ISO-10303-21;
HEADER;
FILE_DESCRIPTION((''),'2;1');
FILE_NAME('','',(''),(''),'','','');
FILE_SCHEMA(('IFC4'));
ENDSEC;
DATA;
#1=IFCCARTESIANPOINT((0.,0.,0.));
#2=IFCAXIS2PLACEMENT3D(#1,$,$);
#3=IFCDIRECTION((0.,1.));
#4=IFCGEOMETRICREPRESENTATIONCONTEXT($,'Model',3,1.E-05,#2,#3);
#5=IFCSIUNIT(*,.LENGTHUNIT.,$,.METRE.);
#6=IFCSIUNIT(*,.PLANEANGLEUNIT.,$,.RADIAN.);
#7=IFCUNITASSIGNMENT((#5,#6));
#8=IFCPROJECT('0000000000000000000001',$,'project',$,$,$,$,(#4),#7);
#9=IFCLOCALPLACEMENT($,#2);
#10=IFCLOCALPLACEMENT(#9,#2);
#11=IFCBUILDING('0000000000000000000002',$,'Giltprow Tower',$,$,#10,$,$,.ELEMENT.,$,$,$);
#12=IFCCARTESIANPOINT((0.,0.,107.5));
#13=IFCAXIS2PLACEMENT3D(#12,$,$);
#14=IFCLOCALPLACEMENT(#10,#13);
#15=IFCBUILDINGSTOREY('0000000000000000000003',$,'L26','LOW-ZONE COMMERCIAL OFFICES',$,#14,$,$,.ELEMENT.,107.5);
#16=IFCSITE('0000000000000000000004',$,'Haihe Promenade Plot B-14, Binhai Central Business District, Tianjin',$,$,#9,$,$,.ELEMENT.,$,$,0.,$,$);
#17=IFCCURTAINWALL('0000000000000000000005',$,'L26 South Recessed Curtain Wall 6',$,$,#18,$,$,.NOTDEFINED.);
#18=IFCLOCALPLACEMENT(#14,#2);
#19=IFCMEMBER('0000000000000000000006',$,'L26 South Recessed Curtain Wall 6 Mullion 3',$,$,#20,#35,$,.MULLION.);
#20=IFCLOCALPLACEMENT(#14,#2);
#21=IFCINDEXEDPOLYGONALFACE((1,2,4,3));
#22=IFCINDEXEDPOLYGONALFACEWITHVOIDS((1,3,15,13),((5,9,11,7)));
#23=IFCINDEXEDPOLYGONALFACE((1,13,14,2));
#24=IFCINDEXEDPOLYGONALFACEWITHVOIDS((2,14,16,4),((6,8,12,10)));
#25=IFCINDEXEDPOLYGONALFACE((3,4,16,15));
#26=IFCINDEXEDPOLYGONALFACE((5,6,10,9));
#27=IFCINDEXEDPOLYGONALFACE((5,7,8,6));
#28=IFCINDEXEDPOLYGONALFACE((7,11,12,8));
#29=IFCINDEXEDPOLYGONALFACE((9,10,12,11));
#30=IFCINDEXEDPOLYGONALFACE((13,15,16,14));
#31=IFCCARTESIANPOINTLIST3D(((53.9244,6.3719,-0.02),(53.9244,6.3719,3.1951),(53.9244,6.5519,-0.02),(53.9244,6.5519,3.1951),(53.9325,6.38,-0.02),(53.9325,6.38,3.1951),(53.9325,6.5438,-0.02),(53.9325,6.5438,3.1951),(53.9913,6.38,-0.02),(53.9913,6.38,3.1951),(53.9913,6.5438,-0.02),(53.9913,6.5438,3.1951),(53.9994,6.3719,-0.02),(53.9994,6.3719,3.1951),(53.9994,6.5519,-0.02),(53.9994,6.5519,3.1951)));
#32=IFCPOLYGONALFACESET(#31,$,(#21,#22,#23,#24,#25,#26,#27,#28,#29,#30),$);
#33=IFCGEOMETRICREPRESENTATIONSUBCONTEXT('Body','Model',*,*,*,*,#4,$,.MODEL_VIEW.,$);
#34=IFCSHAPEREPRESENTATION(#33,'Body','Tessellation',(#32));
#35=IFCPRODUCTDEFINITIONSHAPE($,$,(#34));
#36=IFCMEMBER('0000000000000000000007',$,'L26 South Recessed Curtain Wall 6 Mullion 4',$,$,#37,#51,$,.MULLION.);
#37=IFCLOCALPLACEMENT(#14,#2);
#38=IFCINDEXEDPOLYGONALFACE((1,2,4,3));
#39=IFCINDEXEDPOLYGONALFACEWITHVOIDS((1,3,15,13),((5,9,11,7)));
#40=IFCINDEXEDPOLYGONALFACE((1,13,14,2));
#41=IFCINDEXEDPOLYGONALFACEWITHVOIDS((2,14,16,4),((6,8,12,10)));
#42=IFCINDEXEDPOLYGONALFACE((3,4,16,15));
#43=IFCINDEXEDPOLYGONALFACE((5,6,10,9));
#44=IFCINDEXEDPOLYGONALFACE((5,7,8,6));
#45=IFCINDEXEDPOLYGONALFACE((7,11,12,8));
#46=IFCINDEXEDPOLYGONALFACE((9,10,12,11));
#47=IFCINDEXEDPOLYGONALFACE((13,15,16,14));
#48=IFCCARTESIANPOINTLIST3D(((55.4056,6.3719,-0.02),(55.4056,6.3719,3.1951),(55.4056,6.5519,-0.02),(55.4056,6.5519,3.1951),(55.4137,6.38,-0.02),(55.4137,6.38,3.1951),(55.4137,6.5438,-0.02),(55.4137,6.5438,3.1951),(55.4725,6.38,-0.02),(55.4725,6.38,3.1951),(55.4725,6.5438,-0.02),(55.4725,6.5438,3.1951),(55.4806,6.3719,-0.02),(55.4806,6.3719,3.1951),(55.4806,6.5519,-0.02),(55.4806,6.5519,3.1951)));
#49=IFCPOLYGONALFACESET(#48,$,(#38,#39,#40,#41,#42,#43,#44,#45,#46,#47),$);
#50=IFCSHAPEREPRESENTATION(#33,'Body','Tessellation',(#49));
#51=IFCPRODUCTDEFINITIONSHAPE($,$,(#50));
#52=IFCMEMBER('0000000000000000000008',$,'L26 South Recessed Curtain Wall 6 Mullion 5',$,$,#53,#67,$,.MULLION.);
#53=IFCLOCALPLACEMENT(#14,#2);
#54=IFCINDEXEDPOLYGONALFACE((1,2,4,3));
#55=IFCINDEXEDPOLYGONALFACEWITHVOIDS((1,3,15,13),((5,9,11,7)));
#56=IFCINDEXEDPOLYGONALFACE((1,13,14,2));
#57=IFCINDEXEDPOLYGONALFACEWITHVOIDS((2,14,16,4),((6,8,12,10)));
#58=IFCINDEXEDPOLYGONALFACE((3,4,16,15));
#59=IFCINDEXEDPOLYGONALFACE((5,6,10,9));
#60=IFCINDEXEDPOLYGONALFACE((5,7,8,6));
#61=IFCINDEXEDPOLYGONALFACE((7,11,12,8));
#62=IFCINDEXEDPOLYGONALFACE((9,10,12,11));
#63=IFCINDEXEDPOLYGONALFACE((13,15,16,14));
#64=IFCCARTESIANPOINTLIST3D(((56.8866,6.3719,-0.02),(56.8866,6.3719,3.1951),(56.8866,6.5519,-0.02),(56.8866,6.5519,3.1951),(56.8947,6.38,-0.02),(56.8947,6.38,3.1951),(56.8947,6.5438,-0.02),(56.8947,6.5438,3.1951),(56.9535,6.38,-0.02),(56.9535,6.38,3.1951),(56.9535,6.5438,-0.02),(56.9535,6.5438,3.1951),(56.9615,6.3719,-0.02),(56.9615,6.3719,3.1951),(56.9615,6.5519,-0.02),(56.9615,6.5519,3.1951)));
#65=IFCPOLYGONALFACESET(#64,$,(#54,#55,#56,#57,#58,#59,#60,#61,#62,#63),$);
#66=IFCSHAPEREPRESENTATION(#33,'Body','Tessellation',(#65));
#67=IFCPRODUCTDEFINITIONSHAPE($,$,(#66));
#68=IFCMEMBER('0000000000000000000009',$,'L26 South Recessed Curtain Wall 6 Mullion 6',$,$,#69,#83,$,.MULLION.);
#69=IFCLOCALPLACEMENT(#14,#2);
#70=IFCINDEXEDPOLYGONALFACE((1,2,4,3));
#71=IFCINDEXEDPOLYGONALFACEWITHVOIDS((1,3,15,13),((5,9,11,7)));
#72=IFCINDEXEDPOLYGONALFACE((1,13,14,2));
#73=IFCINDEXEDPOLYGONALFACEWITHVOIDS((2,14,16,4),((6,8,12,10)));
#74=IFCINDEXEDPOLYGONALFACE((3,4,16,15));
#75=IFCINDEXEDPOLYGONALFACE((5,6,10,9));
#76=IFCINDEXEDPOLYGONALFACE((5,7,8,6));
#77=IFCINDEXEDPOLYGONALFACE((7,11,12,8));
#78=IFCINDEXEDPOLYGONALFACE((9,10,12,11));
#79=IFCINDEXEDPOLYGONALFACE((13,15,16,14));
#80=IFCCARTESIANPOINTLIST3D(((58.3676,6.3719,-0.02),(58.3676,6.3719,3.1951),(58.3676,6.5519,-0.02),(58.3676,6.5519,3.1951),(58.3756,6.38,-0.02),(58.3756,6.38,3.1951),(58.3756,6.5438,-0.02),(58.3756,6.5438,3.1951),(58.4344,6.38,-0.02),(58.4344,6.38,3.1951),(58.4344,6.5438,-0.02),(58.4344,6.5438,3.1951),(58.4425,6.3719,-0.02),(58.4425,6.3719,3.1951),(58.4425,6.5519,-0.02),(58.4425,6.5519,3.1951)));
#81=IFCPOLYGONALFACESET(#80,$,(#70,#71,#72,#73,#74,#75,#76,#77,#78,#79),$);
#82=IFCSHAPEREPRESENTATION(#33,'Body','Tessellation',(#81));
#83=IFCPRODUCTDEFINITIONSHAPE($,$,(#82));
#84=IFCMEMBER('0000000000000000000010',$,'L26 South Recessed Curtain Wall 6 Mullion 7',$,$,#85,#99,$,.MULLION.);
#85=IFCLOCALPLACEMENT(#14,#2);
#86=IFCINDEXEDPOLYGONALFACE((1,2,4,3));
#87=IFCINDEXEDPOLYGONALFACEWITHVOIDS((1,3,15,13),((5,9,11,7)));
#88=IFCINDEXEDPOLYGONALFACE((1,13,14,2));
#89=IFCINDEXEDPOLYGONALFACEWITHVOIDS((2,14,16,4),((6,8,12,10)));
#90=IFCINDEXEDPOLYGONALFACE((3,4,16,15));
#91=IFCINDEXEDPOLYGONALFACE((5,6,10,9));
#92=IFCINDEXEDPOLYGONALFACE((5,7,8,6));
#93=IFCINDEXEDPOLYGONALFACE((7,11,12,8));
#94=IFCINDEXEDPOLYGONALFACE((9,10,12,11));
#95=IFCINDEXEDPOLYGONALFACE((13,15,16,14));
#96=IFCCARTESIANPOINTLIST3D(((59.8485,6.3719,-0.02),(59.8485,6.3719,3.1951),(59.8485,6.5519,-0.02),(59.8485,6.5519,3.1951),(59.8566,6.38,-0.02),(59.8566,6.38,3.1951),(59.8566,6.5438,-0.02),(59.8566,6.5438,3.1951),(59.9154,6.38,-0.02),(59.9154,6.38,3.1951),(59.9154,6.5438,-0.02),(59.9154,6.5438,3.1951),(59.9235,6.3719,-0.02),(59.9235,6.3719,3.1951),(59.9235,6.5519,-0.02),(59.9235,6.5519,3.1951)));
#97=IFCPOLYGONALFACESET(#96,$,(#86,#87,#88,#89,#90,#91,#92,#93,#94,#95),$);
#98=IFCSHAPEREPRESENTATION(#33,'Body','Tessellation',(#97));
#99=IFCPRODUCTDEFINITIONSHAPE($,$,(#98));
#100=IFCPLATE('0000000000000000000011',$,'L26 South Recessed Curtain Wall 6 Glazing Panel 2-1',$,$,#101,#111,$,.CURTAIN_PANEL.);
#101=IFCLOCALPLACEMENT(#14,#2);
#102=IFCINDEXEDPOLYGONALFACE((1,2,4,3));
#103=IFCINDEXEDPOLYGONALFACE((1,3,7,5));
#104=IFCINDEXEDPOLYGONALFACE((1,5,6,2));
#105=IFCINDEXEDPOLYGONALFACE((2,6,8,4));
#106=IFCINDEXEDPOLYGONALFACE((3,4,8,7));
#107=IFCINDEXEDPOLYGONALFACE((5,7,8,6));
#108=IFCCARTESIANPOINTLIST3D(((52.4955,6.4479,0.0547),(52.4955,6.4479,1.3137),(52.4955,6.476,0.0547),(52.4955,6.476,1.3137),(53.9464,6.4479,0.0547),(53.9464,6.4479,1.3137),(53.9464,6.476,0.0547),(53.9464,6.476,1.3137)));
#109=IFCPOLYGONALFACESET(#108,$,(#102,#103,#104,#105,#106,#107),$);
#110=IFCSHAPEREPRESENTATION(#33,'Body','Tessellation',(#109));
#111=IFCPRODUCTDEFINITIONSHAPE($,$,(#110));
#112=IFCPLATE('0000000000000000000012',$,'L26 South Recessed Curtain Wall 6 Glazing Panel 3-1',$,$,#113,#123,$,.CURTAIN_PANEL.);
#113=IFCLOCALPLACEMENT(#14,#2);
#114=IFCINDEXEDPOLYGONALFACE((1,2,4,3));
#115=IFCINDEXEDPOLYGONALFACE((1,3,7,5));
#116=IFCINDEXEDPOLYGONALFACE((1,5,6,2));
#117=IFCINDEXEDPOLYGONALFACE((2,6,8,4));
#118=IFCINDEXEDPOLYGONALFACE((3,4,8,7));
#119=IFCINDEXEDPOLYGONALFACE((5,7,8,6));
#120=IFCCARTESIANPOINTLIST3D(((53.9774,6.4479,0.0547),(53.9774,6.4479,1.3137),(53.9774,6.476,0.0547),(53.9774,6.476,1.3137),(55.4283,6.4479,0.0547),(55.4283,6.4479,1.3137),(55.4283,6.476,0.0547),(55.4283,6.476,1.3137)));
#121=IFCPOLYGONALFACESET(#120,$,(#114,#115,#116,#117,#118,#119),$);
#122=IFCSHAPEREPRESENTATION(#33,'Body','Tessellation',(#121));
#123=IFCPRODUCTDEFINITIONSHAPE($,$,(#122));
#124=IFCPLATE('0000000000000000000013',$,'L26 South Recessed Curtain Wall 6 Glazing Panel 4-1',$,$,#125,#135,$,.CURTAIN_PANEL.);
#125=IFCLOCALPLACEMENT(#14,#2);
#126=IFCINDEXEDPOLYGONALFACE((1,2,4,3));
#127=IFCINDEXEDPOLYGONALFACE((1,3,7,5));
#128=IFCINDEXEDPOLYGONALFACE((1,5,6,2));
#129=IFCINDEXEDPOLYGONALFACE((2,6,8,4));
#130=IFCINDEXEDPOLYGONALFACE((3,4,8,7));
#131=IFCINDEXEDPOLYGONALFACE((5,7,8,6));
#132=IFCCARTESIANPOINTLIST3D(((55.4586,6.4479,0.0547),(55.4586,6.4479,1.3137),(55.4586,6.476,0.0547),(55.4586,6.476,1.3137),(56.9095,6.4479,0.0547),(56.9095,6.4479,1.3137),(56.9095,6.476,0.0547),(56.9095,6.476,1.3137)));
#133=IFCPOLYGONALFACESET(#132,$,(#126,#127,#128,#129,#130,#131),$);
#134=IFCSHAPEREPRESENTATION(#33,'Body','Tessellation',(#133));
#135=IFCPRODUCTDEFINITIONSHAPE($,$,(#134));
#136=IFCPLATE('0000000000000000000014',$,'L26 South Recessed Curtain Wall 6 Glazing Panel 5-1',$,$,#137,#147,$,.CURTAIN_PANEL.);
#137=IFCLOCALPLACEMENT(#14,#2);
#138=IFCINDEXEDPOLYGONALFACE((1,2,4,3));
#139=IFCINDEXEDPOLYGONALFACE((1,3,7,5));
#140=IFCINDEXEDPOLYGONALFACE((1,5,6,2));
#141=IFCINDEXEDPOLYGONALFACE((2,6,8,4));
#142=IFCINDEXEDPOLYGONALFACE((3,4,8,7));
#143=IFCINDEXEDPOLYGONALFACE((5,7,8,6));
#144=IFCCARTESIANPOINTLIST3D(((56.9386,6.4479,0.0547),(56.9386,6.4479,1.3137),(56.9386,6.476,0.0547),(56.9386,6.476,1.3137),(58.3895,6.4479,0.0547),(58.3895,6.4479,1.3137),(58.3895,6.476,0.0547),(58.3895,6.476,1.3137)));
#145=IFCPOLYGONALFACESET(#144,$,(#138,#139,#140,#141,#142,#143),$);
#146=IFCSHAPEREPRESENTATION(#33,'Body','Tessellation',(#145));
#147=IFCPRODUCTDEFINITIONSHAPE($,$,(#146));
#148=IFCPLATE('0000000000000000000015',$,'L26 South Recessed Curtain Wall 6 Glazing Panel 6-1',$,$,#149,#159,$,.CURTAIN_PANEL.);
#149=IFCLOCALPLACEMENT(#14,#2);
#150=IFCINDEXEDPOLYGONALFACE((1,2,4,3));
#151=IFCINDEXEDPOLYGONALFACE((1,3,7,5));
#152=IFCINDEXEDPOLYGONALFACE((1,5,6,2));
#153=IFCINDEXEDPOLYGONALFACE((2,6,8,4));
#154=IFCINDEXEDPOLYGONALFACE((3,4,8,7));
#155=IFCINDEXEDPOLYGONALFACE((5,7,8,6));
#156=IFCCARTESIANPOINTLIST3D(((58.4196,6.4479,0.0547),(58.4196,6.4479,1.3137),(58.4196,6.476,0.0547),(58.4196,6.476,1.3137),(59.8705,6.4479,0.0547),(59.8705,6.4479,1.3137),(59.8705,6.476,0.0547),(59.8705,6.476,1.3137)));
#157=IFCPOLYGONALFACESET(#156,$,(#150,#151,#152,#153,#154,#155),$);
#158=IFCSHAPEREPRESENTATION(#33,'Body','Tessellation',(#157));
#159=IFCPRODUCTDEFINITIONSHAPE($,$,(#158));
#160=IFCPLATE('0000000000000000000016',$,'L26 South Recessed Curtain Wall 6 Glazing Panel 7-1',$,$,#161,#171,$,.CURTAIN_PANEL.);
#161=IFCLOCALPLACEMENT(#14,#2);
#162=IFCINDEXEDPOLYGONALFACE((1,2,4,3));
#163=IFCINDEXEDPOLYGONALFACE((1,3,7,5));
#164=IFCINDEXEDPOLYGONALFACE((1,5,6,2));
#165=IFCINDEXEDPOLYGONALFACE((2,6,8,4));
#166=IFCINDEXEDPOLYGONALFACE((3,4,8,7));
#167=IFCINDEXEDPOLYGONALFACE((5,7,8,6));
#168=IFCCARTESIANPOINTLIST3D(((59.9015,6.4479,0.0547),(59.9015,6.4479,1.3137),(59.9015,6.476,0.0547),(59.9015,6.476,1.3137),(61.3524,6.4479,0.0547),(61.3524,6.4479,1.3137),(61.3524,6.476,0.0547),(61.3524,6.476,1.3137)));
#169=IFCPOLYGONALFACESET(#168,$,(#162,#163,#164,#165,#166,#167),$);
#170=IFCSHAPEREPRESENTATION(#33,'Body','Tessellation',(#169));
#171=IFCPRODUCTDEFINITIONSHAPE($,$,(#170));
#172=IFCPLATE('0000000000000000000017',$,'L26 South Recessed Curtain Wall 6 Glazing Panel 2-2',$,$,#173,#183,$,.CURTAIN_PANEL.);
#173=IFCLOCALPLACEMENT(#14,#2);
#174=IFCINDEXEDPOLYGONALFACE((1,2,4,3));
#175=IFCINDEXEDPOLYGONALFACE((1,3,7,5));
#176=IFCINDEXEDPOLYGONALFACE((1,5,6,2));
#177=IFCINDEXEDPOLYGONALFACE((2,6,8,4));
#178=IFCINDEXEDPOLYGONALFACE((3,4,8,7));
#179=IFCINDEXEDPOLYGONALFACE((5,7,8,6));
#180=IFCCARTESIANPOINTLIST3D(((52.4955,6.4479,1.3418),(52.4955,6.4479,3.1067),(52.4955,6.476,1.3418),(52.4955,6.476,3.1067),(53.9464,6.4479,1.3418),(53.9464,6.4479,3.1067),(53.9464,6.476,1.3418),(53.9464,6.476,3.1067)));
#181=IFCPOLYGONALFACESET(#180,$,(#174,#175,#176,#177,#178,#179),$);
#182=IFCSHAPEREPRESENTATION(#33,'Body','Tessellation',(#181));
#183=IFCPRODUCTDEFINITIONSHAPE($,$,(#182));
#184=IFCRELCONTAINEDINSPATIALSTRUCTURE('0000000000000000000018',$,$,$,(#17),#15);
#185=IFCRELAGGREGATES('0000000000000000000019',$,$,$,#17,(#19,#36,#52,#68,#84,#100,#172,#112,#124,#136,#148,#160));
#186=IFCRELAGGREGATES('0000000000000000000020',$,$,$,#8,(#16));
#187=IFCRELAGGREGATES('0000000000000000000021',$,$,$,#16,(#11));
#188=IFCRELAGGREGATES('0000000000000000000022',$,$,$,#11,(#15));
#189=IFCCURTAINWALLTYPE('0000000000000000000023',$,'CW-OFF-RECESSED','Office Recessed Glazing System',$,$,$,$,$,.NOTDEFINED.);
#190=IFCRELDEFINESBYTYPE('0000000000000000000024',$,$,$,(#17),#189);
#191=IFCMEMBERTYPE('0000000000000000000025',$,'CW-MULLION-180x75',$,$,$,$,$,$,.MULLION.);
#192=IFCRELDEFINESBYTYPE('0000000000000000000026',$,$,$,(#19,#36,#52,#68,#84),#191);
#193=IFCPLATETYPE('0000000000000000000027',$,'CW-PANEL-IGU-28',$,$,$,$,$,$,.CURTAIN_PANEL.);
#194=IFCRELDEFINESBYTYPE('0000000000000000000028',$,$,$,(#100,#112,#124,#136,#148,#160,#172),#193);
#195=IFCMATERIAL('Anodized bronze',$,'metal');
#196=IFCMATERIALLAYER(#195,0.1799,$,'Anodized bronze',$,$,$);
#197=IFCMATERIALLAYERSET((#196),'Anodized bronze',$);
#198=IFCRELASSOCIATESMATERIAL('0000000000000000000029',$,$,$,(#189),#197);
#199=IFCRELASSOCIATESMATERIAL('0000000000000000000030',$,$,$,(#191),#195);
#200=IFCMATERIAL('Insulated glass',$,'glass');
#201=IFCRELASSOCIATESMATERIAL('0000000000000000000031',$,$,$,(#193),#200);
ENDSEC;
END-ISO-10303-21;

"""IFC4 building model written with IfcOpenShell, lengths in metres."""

from ifc_helpers import new_model, si_unit, direction, frame, origin, origin_2d, place, context, subcontext, project, spatial, rectangle, hollow_rectangle, extrude, source, transform, mapped, material, layer, layer_set, material_profile, profile_set, type_object, element, aggregate, save


model = new_model("IFC4")

# Units and contexts
model_context = context("Model", 3, precision=1e-05, world=origin(), true_north=direction((0.0, 1.0)))
body_context = subcontext(model_context, "Body", "Model", "MODEL_VIEW")
ifc_project = project(units=[si_unit("LENGTHUNIT", "METRE"), si_unit("PLANEANGLEUNIT", "RADIAN")], contexts=[model_context])

# Site, building, storey
site_placement = place(None, origin())
site = spatial("IfcSite", under=ifc_project, at=site_placement, Name="Haihe Promenade Plot B-14, Binhai Central Business District, Tianjin", CompositionType="ELEMENT", RefElevation=0.0)
building_placement = place(site_placement, origin())
building = spatial("IfcBuilding", under=site, at=building_placement, Name="Giltprow Tower", CompositionType="ELEMENT")
storey_placement = place(building_placement, frame((0.0, 0.0, 107.5)))
storey = spatial("IfcBuildingStorey", under=building, at=storey_placement, Name="L26", Description="LOW-ZONE COMMERCIAL OFFICES", CompositionType="ELEMENT", Elevation=107.5)

# Curtain wall, members, plates
ifc_material_1 = material(Name="Anodized bronze", Category="metal")
ifc_layer = layer(ifc_material_1, 0.1799, Name="Anodized bronze")
ifc_layer_set = layer_set([ifc_layer], Name="Anodized bronze")
curtain_wall_type = type_object("IfcCurtainWallType", Name="CW-OFF-RECESSED", Description="Office Recessed Glazing System", PredefinedType="NOTDEFINED", material=ifc_layer_set)
curtain_wall_placement = place(storey_placement, origin())
curtain_wall = element("IfcCurtainWall", 1, at=curtain_wall_placement, inside=storey, type_object=curtain_wall_type, Name="L26 South Recessed Curtain Wall 6", PredefinedType="NOTDEFINED")
ifc_material_profile = material_profile(ifc_material_1, hollow_rectangle(XDim=0.075, YDim=0.1799, WallThickness=0.0081, at=origin_2d()), Name="RHS 180x75x8")
ifc_profile_set = profile_set([ifc_material_profile], Name="Anodized bronze")
member_type = type_object("IfcMemberType", Name="CW-MULLION-180x75", PredefinedType="MULLION", material=ifc_profile_set)
shared_shape_1 = source(origin(), body_context, "Body", "SweptSolid", [
    extrude(hollow_rectangle(XDim=0.075, YDim=0.1799, WallThickness=0.0081, at=origin_2d()), origin(), (0.0, 0.0, 1.0), 3.2151),
])
member_1_placement = place(storey_placement, frame((53.9619, 6.4619, -0.02), z_axis=(0.0, 0.0, 1.0), x_axis=(1.0, 0.0, 0.0)))
member_1 = element("IfcMember", 2, at=member_1_placement, type_object=member_type, Name="L26 South Recessed Curtain Wall 6 Mullion 3", PredefinedType="MULLION", context=body_context, shape_type="MappedRepresentation", body=[
    mapped(shared_shape_1, transform((0.0, 0.0, 0.0), x_axis=(1.0, 0.0, 0.0), y_axis=(0.0, 1.0, 0.0), z_axis=(0.0, 0.0, 1.0), scale=1.0)),
])
member_2_placement = place(storey_placement, frame((55.4431, 6.4619, -0.02), z_axis=(0.0, 0.0, 1.0), x_axis=(1.0, 0.0, 0.0)))
member_2 = element("IfcMember", 3, at=member_2_placement, type_object=member_type, Name="L26 South Recessed Curtain Wall 6 Mullion 4", PredefinedType="MULLION", context=body_context, shape_type="MappedRepresentation", body=[
    mapped(shared_shape_1, transform((0.0, 0.0, 0.0), x_axis=(1.0, 0.0, 0.0), y_axis=(0.0, 1.0, 0.0), z_axis=(0.0, 0.0, 1.0), scale=1.0)),
])
member_3_placement = place(storey_placement, frame((56.9241, 6.4619, -0.02), z_axis=(0.0, 0.0, 1.0), x_axis=(1.0, 0.0, 0.0)))
member_3 = element("IfcMember", 4, at=member_3_placement, type_object=member_type, Name="L26 South Recessed Curtain Wall 6 Mullion 5", PredefinedType="MULLION", context=body_context, shape_type="MappedRepresentation", body=[
    mapped(shared_shape_1, transform((0.0, 0.0, 0.0), x_axis=(1.0, 0.0, 0.0), y_axis=(0.0, 1.0, 0.0), z_axis=(0.0, 0.0, 1.0), scale=1.0)),
])
member_4_placement = place(storey_placement, frame((58.405, 6.4619, -0.02), z_axis=(0.0, 0.0, 1.0), x_axis=(1.0, 0.0, 0.0)))
member_4 = element("IfcMember", 5, at=member_4_placement, type_object=member_type, Name="L26 South Recessed Curtain Wall 6 Mullion 6", PredefinedType="MULLION", context=body_context, shape_type="MappedRepresentation", body=[
    mapped(shared_shape_1, transform((0.0, 0.0, 0.0), x_axis=(1.0, 0.0, 0.0), y_axis=(0.0, 1.0, 0.0), z_axis=(0.0, 0.0, 1.0), scale=1.0)),
])
member_5_placement = place(storey_placement, frame((59.886, 6.4619, -0.02), z_axis=(0.0, 0.0, 1.0), x_axis=(1.0, 0.0, 0.0)))
member_5 = element("IfcMember", 6, at=member_5_placement, type_object=member_type, Name="L26 South Recessed Curtain Wall 6 Mullion 7", PredefinedType="MULLION", context=body_context, shape_type="MappedRepresentation", body=[
    mapped(shared_shape_1, transform((0.0, 0.0, 0.0), x_axis=(1.0, 0.0, 0.0), y_axis=(0.0, 1.0, 0.0), z_axis=(0.0, 0.0, 1.0), scale=1.0)),
])
ifc_material_2 = material(Name="Insulated glass", Category="glass")
plate_type = type_object("IfcPlateType", Name="CW-PANEL-IGU-28", PredefinedType="CURTAIN_PANEL", material=ifc_material_2)
shared_shape_2 = source(origin(), body_context, "Body", "SweptSolid", [
    extrude(rectangle(XDim=1.4509, YDim=0.0281, at=origin_2d()), origin(), (0.0, 0.0, 1.0), 1.259),
])
plate_1_placement = place(storey_placement, frame((53.2209, 6.4619, 0.0547), z_axis=(0.0, 0.0, 1.0), x_axis=(1.0, 0.0, 0.0)))
plate_1 = element("IfcPlate", 7, at=plate_1_placement, type_object=plate_type, Name="L26 South Recessed Curtain Wall 6 Glazing Panel 2-1", PredefinedType="CURTAIN_PANEL", context=body_context, shape_type="MappedRepresentation", body=[
    mapped(shared_shape_2, transform((0.0, 0.0, 0.0), x_axis=(1.0, 0.0, 0.0), y_axis=(0.0, 1.0, 0.0), z_axis=(0.0, 0.0, 1.0), scale=1.0)),
])
plate_2_placement = place(storey_placement, frame((54.7029, 6.4619, 0.0547), z_axis=(0.0, 0.0, 1.0), x_axis=(1.0, 0.0, 0.0)))
plate_2 = element("IfcPlate", 8, at=plate_2_placement, type_object=plate_type, Name="L26 South Recessed Curtain Wall 6 Glazing Panel 3-1", PredefinedType="CURTAIN_PANEL", context=body_context, shape_type="MappedRepresentation", body=[
    mapped(shared_shape_2, transform((0.0, 0.0, 0.0), x_axis=(1.0, 0.0, 0.0), y_axis=(0.0, 1.0, 0.0), z_axis=(0.0, 0.0, 1.0), scale=1.0)),
])
plate_3_placement = place(storey_placement, frame((56.1841, 6.4619, 0.0547), z_axis=(0.0, 0.0, 1.0), x_axis=(1.0, 0.0, 0.0)))
plate_3 = element("IfcPlate", 9, at=plate_3_placement, type_object=plate_type, Name="L26 South Recessed Curtain Wall 6 Glazing Panel 4-1", PredefinedType="CURTAIN_PANEL", context=body_context, shape_type="MappedRepresentation", body=[
    mapped(shared_shape_2, transform((0.0, 0.0, 0.0), x_axis=(1.0, 0.0, 0.0), y_axis=(0.0, 1.0, 0.0), z_axis=(0.0, 0.0, 1.0), scale=1.0)),
])
plate_4_placement = place(storey_placement, frame((57.6641, 6.4619, 0.0547), z_axis=(0.0, 0.0, 1.0), x_axis=(1.0, 0.0, 0.0)))
plate_4 = element("IfcPlate", 10, at=plate_4_placement, type_object=plate_type, Name="L26 South Recessed Curtain Wall 6 Glazing Panel 5-1", PredefinedType="CURTAIN_PANEL", context=body_context, shape_type="MappedRepresentation", body=[
    mapped(shared_shape_2, transform((0.0, 0.0, 0.0), x_axis=(1.0, 0.0, 0.0), y_axis=(0.0, 1.0, 0.0), z_axis=(0.0, 0.0, 1.0), scale=1.0)),
])
plate_5_placement = place(storey_placement, frame((59.145, 6.4619, 0.0547), z_axis=(0.0, 0.0, 1.0), x_axis=(1.0, 0.0, 0.0)))
plate_5 = element("IfcPlate", 11, at=plate_5_placement, type_object=plate_type, Name="L26 South Recessed Curtain Wall 6 Glazing Panel 6-1", PredefinedType="CURTAIN_PANEL", context=body_context, shape_type="MappedRepresentation", body=[
    mapped(shared_shape_2, transform((0.0, 0.0, 0.0), x_axis=(1.0, 0.0, 0.0), y_axis=(0.0, 1.0, 0.0), z_axis=(0.0, 0.0, 1.0), scale=1.0)),
])
plate_6_placement = place(storey_placement, frame((60.627, 6.4619, 0.0547), z_axis=(0.0, 0.0, 1.0), x_axis=(1.0, 0.0, 0.0)))
plate_6 = element("IfcPlate", 12, at=plate_6_placement, type_object=plate_type, Name="L26 South Recessed Curtain Wall 6 Glazing Panel 7-1", PredefinedType="CURTAIN_PANEL", context=body_context, shape_type="MappedRepresentation", body=[
    mapped(shared_shape_2, transform((0.0, 0.0, 0.0), x_axis=(1.0, 0.0, 0.0), y_axis=(0.0, 1.0, 0.0), z_axis=(0.0, 0.0, 1.0), scale=1.0)),
])
shared_shape_3 = source(origin(), body_context, "Body", "SweptSolid", [
    extrude(rectangle(XDim=1.4509, YDim=0.0281, at=origin_2d()), origin(), (0.0, 0.0, 1.0), 1.7649),
])
plate_7_placement = place(storey_placement, frame((53.2209, 6.4619, 1.3418), z_axis=(0.0, 0.0, 1.0), x_axis=(1.0, 0.0, 0.0)))
plate_7 = element("IfcPlate", 13, at=plate_7_placement, type_object=plate_type, Name="L26 South Recessed Curtain Wall 6 Glazing Panel 2-2", PredefinedType="CURTAIN_PANEL", context=body_context, shape_type="MappedRepresentation", body=[
    mapped(shared_shape_3, transform((0.0, 0.0, 0.0), x_axis=(1.0, 0.0, 0.0), y_axis=(0.0, 1.0, 0.0), z_axis=(0.0, 0.0, 1.0), scale=1.0)),
])
aggregate(curtain_wall, [member_1, member_2, member_3, member_4, member_5, plate_1, plate_7, plate_2, plate_3, plate_4, plate_5, plate_6])

save(model, "model.ifc")
